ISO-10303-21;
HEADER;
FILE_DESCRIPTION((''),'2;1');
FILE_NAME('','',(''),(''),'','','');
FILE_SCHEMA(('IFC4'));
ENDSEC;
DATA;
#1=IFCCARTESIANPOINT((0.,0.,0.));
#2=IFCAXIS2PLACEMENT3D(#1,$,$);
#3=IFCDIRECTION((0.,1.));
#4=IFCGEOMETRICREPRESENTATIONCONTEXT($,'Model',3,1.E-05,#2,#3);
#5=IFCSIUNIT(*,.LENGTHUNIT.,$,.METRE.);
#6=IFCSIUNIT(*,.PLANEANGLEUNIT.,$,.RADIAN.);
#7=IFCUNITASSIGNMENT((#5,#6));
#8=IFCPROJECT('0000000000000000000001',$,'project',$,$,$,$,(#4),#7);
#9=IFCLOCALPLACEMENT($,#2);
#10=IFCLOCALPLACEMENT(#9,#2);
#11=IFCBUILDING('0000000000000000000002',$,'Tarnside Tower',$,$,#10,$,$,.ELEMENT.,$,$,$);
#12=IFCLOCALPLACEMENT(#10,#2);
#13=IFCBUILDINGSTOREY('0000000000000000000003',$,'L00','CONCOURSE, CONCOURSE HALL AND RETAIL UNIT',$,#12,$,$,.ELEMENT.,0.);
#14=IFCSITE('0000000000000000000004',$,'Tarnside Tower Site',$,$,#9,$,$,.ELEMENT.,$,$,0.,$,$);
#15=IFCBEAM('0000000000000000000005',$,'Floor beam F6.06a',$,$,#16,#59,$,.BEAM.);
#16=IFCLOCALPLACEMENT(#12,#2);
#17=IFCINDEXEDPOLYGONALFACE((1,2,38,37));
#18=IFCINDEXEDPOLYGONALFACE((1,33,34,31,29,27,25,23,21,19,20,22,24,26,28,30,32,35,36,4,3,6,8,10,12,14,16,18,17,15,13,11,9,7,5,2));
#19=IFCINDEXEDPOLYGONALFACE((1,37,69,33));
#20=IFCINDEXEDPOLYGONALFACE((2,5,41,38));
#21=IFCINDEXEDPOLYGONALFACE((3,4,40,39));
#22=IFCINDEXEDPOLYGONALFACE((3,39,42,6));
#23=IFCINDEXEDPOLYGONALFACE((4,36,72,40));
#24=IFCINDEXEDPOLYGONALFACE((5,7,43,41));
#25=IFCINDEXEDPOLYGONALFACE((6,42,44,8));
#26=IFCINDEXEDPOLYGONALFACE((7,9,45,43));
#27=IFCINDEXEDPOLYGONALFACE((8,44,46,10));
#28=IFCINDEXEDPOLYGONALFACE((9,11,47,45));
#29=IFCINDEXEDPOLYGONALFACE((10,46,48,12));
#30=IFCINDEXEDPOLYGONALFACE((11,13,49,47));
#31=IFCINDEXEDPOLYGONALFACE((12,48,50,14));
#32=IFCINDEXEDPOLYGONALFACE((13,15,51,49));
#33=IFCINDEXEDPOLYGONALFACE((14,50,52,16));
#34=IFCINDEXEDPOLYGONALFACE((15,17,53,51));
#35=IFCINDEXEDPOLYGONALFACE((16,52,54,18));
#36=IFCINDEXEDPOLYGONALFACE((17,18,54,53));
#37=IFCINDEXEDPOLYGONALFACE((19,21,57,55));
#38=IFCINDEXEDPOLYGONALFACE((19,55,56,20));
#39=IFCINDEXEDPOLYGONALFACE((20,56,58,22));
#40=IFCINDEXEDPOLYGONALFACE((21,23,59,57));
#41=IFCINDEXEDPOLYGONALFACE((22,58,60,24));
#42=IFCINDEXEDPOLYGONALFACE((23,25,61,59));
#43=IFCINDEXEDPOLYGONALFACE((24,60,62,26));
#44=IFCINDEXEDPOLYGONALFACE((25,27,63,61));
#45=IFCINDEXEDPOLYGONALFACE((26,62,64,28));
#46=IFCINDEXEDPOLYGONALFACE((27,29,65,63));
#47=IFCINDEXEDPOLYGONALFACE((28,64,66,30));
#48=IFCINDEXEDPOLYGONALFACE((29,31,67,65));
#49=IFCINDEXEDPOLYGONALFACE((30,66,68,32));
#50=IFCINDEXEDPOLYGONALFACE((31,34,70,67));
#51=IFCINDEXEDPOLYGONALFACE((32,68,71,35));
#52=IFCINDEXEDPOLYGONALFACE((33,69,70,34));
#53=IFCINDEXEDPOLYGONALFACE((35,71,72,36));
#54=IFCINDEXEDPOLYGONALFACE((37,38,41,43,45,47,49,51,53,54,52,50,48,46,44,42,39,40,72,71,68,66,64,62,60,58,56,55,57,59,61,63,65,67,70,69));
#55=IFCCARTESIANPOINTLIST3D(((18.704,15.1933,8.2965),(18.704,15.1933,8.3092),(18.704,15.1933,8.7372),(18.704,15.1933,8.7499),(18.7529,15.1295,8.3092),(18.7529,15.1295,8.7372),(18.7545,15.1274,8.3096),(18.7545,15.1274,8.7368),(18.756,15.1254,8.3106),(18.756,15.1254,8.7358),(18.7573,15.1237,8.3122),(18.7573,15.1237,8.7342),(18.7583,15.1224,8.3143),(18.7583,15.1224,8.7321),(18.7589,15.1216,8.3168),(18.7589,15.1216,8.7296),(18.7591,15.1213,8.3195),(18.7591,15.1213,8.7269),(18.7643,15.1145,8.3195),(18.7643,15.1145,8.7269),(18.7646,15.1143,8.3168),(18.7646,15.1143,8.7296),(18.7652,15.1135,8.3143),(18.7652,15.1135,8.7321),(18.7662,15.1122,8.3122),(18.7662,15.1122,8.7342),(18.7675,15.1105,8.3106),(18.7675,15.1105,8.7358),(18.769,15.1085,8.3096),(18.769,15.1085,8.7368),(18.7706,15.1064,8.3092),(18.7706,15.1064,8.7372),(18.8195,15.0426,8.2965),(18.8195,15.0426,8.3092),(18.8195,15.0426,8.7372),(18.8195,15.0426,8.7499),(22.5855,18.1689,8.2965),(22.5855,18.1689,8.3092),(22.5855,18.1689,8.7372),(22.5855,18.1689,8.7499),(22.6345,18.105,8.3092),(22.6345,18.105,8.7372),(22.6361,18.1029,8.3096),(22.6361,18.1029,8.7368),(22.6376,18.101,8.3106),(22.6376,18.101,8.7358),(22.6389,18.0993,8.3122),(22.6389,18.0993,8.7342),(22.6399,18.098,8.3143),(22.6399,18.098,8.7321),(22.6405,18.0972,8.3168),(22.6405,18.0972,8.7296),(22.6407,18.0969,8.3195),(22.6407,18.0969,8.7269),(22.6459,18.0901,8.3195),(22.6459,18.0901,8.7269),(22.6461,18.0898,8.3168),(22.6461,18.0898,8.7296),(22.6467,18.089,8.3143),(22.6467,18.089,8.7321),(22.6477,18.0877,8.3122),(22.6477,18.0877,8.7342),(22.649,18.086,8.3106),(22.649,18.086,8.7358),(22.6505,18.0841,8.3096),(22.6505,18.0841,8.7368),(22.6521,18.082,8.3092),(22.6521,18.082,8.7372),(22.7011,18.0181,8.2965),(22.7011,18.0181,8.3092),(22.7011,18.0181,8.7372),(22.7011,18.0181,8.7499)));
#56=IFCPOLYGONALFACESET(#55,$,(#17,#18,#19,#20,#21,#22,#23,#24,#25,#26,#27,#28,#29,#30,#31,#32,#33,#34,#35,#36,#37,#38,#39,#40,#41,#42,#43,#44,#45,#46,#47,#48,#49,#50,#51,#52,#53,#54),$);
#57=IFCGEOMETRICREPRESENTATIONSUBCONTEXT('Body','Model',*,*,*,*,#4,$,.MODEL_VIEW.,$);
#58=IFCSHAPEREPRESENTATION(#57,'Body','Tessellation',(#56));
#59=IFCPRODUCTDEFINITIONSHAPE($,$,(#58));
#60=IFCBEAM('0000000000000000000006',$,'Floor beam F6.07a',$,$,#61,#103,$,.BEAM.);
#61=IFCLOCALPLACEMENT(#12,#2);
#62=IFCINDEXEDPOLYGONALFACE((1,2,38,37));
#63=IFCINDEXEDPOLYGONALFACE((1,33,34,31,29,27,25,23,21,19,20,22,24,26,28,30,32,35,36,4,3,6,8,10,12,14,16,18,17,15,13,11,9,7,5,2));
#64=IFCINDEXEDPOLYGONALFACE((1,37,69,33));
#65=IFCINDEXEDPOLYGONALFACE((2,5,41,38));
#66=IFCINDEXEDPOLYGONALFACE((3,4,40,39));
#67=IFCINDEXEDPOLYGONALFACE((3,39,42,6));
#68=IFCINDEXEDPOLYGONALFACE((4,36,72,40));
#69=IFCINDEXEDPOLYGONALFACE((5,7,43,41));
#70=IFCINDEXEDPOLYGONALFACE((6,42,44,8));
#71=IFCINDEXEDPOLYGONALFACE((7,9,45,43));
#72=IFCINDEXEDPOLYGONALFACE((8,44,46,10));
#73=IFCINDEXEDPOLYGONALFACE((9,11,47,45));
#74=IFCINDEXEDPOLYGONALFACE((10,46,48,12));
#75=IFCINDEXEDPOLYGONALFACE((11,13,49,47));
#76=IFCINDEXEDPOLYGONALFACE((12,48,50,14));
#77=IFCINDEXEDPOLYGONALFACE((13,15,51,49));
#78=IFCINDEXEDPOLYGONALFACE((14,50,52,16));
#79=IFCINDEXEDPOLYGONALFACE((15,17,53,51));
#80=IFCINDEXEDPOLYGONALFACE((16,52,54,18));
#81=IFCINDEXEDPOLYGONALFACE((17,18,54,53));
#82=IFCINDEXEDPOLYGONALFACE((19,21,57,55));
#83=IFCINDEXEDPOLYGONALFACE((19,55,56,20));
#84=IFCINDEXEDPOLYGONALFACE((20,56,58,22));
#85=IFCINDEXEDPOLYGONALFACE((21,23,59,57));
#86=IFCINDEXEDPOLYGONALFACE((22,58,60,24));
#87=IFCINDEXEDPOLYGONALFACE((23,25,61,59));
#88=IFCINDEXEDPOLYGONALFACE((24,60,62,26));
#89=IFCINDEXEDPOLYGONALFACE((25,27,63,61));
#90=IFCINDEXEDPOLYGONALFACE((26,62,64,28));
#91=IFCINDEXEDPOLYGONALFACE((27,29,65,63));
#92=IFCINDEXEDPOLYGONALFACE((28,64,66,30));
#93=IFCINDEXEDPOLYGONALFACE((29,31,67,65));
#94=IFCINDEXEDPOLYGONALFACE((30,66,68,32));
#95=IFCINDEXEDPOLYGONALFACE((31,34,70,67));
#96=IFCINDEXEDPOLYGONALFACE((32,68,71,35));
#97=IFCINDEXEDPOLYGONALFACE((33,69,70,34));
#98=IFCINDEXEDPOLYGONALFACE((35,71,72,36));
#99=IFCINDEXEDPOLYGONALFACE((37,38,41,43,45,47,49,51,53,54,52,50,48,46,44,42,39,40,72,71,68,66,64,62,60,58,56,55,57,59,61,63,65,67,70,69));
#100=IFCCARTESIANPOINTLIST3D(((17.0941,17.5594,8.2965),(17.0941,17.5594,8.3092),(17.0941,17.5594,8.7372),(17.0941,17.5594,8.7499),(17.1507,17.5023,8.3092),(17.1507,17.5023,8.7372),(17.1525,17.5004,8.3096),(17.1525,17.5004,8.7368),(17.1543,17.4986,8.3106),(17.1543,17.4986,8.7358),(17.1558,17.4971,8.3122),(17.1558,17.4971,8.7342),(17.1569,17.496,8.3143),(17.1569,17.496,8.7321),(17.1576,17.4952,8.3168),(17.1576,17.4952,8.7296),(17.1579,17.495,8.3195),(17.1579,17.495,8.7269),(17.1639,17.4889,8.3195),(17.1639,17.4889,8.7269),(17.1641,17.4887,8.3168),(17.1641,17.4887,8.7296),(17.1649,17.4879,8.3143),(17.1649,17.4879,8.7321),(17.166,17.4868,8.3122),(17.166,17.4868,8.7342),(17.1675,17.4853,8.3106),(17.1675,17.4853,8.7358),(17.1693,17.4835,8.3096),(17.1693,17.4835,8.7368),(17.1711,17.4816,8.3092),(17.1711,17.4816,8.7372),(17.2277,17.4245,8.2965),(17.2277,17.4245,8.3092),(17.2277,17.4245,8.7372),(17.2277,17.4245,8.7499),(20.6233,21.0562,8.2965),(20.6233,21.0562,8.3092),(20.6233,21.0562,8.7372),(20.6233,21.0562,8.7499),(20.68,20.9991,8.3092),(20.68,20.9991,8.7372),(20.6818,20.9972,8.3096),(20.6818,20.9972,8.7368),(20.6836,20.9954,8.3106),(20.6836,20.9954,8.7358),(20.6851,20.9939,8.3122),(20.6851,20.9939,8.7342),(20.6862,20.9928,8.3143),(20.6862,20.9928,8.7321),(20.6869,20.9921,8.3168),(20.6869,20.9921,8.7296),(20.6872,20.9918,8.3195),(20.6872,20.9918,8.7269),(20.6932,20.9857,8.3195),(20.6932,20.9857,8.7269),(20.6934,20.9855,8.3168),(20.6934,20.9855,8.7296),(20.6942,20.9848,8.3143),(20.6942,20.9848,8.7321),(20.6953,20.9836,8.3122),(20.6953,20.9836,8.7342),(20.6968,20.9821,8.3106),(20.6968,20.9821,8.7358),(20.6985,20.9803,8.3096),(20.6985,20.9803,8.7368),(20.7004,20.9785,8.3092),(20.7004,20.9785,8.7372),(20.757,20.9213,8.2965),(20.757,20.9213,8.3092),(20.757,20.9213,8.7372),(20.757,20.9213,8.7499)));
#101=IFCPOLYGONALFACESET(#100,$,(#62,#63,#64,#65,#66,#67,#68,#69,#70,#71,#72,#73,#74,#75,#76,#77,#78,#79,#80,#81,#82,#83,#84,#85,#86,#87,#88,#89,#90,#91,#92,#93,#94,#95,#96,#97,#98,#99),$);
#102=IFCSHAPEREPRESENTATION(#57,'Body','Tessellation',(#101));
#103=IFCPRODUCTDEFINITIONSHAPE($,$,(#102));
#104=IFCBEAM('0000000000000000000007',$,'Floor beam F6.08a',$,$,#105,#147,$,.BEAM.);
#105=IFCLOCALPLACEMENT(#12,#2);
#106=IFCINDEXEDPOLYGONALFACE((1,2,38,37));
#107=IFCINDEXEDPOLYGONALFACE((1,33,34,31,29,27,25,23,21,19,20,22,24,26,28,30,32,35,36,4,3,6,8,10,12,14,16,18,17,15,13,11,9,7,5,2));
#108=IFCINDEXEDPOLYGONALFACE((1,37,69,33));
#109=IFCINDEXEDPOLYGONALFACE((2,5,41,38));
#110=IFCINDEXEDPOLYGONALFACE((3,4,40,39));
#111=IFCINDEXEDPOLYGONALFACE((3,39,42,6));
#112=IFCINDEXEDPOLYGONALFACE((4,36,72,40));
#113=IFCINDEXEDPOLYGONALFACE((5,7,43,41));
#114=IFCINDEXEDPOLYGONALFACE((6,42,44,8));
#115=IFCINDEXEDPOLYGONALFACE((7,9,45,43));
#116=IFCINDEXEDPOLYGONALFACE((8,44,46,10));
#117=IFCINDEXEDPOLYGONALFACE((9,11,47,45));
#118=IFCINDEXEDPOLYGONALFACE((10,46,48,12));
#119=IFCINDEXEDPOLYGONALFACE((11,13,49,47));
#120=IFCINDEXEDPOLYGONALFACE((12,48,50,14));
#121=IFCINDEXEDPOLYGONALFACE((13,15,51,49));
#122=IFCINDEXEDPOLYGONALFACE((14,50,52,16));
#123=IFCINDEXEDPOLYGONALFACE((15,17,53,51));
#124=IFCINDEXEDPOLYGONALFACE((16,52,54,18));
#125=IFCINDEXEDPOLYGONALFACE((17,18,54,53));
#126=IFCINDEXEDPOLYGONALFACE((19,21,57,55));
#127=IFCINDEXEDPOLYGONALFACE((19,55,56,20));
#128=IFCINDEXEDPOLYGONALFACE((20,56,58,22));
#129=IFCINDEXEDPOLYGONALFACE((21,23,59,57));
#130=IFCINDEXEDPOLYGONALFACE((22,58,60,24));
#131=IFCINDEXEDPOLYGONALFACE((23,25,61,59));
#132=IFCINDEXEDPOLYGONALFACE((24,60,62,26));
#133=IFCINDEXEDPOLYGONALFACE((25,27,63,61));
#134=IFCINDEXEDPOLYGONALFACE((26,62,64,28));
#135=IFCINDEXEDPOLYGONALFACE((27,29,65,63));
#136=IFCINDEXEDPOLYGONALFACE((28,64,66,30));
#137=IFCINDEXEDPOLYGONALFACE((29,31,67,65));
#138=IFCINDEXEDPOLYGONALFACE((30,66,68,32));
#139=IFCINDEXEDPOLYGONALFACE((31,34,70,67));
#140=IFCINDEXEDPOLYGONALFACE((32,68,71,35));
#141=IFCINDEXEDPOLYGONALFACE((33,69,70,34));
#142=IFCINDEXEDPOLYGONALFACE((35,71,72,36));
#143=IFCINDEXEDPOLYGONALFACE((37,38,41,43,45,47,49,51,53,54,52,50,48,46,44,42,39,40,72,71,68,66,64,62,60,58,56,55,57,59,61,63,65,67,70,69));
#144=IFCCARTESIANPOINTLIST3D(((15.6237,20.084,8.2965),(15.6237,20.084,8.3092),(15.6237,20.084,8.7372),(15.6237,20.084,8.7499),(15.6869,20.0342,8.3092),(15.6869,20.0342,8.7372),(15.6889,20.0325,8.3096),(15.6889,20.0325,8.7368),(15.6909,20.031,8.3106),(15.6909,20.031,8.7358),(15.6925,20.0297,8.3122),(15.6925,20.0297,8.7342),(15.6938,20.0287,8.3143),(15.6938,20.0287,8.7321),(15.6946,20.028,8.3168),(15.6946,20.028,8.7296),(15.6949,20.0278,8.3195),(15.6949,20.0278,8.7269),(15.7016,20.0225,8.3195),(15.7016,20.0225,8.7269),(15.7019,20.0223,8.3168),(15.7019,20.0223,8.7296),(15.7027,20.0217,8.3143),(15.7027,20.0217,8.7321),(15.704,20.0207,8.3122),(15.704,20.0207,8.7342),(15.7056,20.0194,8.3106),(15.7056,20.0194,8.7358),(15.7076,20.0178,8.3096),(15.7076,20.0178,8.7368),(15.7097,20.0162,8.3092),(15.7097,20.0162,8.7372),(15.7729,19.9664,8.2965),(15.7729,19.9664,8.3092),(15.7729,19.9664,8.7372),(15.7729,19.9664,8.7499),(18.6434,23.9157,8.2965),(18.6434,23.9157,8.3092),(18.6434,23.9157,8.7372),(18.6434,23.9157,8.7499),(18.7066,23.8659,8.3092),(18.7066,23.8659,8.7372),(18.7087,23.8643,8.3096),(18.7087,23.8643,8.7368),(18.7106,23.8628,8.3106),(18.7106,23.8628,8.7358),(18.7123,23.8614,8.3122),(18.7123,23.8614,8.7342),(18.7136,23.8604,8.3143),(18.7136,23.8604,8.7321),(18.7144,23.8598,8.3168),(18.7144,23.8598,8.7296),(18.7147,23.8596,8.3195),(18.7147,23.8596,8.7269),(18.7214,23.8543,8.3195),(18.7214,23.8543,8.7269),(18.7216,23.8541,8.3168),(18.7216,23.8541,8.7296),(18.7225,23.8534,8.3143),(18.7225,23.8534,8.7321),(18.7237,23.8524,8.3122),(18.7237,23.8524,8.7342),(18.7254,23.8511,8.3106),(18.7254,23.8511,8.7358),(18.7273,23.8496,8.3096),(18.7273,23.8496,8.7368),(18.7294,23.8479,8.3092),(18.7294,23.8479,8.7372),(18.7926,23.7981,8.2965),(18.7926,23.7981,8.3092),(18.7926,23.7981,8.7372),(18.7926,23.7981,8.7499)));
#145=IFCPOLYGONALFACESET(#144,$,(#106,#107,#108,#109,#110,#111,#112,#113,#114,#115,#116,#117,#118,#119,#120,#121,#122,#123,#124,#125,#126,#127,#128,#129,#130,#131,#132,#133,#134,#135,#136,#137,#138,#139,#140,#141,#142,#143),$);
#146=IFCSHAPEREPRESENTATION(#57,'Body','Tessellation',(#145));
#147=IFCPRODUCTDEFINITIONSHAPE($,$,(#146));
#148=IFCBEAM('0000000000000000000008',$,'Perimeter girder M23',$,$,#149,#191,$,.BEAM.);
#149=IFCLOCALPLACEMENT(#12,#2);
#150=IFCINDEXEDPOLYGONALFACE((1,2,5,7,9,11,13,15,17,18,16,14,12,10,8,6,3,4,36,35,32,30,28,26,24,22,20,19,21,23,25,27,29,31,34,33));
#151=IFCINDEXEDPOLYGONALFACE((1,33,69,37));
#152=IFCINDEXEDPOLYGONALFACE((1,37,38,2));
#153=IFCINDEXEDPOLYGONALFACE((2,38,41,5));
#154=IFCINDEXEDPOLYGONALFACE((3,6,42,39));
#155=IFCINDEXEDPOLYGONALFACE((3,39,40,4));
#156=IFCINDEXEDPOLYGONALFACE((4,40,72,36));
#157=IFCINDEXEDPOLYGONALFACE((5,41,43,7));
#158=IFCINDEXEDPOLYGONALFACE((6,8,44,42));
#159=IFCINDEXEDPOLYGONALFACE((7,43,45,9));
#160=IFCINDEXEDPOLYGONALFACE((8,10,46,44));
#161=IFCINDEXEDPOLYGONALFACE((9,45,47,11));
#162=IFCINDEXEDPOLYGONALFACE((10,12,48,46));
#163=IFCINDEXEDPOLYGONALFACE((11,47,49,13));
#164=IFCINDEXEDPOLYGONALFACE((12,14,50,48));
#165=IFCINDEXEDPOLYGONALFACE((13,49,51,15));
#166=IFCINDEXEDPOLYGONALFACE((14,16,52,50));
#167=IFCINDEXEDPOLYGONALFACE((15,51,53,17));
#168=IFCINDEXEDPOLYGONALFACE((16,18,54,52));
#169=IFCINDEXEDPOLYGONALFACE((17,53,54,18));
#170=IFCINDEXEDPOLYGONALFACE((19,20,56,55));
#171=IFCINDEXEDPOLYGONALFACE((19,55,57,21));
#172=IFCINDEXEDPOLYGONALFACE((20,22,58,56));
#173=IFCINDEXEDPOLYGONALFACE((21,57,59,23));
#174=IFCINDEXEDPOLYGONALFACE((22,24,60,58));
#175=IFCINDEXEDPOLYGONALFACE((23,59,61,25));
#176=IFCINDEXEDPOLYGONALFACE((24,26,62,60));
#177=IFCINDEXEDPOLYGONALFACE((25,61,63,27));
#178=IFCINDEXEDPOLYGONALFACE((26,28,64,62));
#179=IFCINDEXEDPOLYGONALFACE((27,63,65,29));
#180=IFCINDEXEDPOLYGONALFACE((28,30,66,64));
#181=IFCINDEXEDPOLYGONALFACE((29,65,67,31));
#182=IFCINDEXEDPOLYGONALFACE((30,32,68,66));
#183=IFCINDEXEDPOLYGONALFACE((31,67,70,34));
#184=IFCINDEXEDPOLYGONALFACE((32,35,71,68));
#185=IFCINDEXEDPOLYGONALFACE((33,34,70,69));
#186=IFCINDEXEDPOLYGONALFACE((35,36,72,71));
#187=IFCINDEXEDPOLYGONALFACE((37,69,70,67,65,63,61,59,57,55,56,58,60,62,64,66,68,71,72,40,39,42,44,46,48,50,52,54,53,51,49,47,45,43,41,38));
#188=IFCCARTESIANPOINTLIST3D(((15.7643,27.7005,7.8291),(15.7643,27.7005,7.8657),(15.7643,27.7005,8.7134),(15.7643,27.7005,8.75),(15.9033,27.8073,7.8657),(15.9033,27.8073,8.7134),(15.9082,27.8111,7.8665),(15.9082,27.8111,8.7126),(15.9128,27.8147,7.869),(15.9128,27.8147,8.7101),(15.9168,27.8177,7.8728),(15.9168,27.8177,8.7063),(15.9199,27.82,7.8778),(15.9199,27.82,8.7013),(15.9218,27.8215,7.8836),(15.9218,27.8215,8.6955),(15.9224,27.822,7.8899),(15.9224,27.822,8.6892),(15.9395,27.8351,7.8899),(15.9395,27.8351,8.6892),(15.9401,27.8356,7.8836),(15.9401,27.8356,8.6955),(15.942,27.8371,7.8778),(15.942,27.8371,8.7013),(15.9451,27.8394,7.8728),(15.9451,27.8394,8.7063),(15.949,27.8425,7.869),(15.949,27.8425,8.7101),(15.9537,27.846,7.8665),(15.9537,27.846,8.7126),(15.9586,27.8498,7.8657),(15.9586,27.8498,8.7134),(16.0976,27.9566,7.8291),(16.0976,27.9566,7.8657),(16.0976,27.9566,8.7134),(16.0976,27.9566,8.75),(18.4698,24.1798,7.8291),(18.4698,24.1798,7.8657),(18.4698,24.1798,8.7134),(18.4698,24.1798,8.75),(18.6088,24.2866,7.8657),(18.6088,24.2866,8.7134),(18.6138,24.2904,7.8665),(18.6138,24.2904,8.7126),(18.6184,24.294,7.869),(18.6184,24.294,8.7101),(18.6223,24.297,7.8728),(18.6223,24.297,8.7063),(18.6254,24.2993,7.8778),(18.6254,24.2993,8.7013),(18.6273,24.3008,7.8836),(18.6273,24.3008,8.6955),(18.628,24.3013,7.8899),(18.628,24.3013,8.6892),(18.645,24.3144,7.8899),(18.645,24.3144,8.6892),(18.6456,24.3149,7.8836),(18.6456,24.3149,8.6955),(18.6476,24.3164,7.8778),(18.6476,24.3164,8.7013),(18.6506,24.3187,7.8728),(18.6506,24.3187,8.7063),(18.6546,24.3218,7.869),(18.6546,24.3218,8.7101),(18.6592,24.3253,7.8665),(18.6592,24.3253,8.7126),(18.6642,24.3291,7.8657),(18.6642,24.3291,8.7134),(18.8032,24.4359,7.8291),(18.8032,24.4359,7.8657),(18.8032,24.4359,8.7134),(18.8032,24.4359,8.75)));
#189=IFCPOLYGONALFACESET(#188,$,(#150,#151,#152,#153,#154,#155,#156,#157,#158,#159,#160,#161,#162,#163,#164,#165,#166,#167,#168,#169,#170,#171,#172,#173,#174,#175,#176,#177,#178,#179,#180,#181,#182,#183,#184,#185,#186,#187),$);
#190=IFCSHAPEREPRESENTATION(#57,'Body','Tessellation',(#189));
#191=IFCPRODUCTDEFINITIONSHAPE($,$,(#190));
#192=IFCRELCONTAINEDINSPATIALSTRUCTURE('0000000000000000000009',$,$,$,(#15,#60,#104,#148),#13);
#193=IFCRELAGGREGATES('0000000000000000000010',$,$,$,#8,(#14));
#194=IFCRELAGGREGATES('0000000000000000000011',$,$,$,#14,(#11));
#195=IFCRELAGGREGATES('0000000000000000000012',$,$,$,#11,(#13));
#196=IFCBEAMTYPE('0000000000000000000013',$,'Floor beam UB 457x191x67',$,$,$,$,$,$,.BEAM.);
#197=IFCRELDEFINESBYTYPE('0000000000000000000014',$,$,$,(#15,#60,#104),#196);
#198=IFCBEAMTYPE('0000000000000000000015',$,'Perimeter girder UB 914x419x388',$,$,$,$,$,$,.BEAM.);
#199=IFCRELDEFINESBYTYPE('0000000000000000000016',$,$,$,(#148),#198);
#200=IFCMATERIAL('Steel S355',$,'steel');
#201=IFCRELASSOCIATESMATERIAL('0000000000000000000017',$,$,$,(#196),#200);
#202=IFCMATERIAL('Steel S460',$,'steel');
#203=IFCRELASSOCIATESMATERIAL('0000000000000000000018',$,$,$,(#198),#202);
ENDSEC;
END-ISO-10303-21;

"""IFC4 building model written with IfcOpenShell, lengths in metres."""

from ifc_helpers import new_model, si_unit, direction, frame, origin, origin_2d, place, context, subcontext, project, spatial, i_section, extrude, material, material_profile, profile_set, type_object, element, save


model = new_model("IFC4")

# Units and contexts
model_context = context("Model", 3, precision=1e-05, world=origin(), true_north=direction((0.0, 1.0)))
body_context = subcontext(model_context, "Body", "Model", "MODEL_VIEW")
ifc_project = project(units=[si_unit("LENGTHUNIT", "METRE"), si_unit("PLANEANGLEUNIT", "RADIAN")], contexts=[model_context])

# Site, building, storey
site_placement = place(None, origin())
site = spatial("IfcSite", under=ifc_project, at=site_placement, Name="Tarnside Tower Site", CompositionType="ELEMENT", RefElevation=0.0)
building_placement = place(site_placement, origin())
building = spatial("IfcBuilding", under=site, at=building_placement, Name="Tarnside Tower", CompositionType="ELEMENT")
storey_placement = place(building_placement, origin())
storey = spatial("IfcBuildingStorey", under=building, at=storey_placement, Name="L00", Description="CONCOURSE, CONCOURSE HALL AND RETAIL UNIT", CompositionType="ELEMENT", Elevation=0.0)

# Beams
ifc_material_1 = material(Name="Steel S355", Category="steel")
ifc_material_profile_1 = material_profile(ifc_material_1, i_section(OverallWidth=0.1899, OverallDepth=0.4534, WebThickness=0.0085, FlangeThickness=0.0127, FilletRadius=0.0103, at=origin_2d()), Name="UB 457x191x67")
ifc_profile_set_1 = profile_set([ifc_material_profile_1], Name="Steel S355")
beam_type_1 = type_object("IfcBeamType", Name="Floor beam UB 457x191x67", PredefinedType="BEAM", material=ifc_profile_set_1)
beam_1_placement = place(storey_placement, frame((22.6433, 18.0935, 8.5232), z_axis=(-0.793636, -0.608393, 0.0), x_axis=(0.608393, -0.793636, 0.0)))
element("IfcBeam", 1, at=beam_1_placement, inside=storey, type_object=beam_type_1, Name="Floor beam F6.06a", PredefinedType="BEAM", context=body_context, shape_type="SweptSolid", body=[
    extrude(i_section(OverallWidth=0.1899, OverallDepth=0.4534, WebThickness=0.0085, FlangeThickness=0.0127, FilletRadius=0.0103, at=origin_2d()), origin(), (0.0, 0.0, 1.0), 4.8909),
])
beam_2_placement = place(storey_placement, frame((20.6902, 20.9888, 8.5232), z_axis=(-0.710367, -0.703831, 0.0), x_axis=(0.703831, -0.710367, 0.0)))
element("IfcBeam", 2, at=beam_2_placement, inside=storey, type_object=beam_type_1, Name="Floor beam F6.07a", PredefinedType="BEAM", context=body_context, shape_type="SweptSolid", body=[
    extrude(i_section(OverallWidth=0.1899, OverallDepth=0.4534, WebThickness=0.0085, FlangeThickness=0.0127, FilletRadius=0.0103, at=origin_2d()), origin(), (0.0, 0.0, 1.0), 4.9683),
])
beam_3_placement = place(storey_placement, frame((18.718, 23.8569, 8.5232), z_axis=(-0.618972, -0.785413, 0.0), x_axis=(0.785413, -0.618972, 0.0)))
element("IfcBeam", 3, at=beam_3_placement, inside=storey, type_object=beam_type_1, Name="Floor beam F6.08a", PredefinedType="BEAM", context=body_context, shape_type="SweptSolid", body=[
    extrude(i_section(OverallWidth=0.1899, OverallDepth=0.4534, WebThickness=0.0085, FlangeThickness=0.0127, FilletRadius=0.0103, at=origin_2d()), origin(), (0.0, 0.0, 1.0), 4.8787),
])
ifc_material_2 = material(Name="Steel S460", Category="steel")
ifc_material_profile_2 = material_profile(ifc_material_2, i_section(OverallWidth=0.4204, OverallDepth=0.9209, WebThickness=0.0215, FlangeThickness=0.0366, FilletRadius=0.0242, at=origin_2d()), Name="UB 914x419x388")
ifc_profile_set_2 = profile_set([ifc_material_profile_2], Name="Steel S460")
beam_type_2 = type_object("IfcBeamType", Name="Perimeter girder UB 914x419x388", PredefinedType="BEAM", material=ifc_profile_set_2)
beam_4_placement = place(storey_placement, frame((18.6365, 24.3079, 8.2896), z_axis=(-0.609328, 0.792918, 0.0), x_axis=(-0.792918, -0.609328, 0.0)))
element("IfcBeam", 4, at=beam_4_placement, inside=storey, type_object=beam_type_2, Name="Perimeter girder M23", PredefinedType="BEAM", context=body_context, shape_type="SweptSolid", body=[
    extrude(i_section(OverallWidth=0.4204, OverallDepth=0.9209, WebThickness=0.0215, FlangeThickness=0.0366, FilletRadius=0.0242, at=origin_2d()), origin(), (0.0, 0.0, 1.0), 4.4402),
])

save(model, "model.ifc")
